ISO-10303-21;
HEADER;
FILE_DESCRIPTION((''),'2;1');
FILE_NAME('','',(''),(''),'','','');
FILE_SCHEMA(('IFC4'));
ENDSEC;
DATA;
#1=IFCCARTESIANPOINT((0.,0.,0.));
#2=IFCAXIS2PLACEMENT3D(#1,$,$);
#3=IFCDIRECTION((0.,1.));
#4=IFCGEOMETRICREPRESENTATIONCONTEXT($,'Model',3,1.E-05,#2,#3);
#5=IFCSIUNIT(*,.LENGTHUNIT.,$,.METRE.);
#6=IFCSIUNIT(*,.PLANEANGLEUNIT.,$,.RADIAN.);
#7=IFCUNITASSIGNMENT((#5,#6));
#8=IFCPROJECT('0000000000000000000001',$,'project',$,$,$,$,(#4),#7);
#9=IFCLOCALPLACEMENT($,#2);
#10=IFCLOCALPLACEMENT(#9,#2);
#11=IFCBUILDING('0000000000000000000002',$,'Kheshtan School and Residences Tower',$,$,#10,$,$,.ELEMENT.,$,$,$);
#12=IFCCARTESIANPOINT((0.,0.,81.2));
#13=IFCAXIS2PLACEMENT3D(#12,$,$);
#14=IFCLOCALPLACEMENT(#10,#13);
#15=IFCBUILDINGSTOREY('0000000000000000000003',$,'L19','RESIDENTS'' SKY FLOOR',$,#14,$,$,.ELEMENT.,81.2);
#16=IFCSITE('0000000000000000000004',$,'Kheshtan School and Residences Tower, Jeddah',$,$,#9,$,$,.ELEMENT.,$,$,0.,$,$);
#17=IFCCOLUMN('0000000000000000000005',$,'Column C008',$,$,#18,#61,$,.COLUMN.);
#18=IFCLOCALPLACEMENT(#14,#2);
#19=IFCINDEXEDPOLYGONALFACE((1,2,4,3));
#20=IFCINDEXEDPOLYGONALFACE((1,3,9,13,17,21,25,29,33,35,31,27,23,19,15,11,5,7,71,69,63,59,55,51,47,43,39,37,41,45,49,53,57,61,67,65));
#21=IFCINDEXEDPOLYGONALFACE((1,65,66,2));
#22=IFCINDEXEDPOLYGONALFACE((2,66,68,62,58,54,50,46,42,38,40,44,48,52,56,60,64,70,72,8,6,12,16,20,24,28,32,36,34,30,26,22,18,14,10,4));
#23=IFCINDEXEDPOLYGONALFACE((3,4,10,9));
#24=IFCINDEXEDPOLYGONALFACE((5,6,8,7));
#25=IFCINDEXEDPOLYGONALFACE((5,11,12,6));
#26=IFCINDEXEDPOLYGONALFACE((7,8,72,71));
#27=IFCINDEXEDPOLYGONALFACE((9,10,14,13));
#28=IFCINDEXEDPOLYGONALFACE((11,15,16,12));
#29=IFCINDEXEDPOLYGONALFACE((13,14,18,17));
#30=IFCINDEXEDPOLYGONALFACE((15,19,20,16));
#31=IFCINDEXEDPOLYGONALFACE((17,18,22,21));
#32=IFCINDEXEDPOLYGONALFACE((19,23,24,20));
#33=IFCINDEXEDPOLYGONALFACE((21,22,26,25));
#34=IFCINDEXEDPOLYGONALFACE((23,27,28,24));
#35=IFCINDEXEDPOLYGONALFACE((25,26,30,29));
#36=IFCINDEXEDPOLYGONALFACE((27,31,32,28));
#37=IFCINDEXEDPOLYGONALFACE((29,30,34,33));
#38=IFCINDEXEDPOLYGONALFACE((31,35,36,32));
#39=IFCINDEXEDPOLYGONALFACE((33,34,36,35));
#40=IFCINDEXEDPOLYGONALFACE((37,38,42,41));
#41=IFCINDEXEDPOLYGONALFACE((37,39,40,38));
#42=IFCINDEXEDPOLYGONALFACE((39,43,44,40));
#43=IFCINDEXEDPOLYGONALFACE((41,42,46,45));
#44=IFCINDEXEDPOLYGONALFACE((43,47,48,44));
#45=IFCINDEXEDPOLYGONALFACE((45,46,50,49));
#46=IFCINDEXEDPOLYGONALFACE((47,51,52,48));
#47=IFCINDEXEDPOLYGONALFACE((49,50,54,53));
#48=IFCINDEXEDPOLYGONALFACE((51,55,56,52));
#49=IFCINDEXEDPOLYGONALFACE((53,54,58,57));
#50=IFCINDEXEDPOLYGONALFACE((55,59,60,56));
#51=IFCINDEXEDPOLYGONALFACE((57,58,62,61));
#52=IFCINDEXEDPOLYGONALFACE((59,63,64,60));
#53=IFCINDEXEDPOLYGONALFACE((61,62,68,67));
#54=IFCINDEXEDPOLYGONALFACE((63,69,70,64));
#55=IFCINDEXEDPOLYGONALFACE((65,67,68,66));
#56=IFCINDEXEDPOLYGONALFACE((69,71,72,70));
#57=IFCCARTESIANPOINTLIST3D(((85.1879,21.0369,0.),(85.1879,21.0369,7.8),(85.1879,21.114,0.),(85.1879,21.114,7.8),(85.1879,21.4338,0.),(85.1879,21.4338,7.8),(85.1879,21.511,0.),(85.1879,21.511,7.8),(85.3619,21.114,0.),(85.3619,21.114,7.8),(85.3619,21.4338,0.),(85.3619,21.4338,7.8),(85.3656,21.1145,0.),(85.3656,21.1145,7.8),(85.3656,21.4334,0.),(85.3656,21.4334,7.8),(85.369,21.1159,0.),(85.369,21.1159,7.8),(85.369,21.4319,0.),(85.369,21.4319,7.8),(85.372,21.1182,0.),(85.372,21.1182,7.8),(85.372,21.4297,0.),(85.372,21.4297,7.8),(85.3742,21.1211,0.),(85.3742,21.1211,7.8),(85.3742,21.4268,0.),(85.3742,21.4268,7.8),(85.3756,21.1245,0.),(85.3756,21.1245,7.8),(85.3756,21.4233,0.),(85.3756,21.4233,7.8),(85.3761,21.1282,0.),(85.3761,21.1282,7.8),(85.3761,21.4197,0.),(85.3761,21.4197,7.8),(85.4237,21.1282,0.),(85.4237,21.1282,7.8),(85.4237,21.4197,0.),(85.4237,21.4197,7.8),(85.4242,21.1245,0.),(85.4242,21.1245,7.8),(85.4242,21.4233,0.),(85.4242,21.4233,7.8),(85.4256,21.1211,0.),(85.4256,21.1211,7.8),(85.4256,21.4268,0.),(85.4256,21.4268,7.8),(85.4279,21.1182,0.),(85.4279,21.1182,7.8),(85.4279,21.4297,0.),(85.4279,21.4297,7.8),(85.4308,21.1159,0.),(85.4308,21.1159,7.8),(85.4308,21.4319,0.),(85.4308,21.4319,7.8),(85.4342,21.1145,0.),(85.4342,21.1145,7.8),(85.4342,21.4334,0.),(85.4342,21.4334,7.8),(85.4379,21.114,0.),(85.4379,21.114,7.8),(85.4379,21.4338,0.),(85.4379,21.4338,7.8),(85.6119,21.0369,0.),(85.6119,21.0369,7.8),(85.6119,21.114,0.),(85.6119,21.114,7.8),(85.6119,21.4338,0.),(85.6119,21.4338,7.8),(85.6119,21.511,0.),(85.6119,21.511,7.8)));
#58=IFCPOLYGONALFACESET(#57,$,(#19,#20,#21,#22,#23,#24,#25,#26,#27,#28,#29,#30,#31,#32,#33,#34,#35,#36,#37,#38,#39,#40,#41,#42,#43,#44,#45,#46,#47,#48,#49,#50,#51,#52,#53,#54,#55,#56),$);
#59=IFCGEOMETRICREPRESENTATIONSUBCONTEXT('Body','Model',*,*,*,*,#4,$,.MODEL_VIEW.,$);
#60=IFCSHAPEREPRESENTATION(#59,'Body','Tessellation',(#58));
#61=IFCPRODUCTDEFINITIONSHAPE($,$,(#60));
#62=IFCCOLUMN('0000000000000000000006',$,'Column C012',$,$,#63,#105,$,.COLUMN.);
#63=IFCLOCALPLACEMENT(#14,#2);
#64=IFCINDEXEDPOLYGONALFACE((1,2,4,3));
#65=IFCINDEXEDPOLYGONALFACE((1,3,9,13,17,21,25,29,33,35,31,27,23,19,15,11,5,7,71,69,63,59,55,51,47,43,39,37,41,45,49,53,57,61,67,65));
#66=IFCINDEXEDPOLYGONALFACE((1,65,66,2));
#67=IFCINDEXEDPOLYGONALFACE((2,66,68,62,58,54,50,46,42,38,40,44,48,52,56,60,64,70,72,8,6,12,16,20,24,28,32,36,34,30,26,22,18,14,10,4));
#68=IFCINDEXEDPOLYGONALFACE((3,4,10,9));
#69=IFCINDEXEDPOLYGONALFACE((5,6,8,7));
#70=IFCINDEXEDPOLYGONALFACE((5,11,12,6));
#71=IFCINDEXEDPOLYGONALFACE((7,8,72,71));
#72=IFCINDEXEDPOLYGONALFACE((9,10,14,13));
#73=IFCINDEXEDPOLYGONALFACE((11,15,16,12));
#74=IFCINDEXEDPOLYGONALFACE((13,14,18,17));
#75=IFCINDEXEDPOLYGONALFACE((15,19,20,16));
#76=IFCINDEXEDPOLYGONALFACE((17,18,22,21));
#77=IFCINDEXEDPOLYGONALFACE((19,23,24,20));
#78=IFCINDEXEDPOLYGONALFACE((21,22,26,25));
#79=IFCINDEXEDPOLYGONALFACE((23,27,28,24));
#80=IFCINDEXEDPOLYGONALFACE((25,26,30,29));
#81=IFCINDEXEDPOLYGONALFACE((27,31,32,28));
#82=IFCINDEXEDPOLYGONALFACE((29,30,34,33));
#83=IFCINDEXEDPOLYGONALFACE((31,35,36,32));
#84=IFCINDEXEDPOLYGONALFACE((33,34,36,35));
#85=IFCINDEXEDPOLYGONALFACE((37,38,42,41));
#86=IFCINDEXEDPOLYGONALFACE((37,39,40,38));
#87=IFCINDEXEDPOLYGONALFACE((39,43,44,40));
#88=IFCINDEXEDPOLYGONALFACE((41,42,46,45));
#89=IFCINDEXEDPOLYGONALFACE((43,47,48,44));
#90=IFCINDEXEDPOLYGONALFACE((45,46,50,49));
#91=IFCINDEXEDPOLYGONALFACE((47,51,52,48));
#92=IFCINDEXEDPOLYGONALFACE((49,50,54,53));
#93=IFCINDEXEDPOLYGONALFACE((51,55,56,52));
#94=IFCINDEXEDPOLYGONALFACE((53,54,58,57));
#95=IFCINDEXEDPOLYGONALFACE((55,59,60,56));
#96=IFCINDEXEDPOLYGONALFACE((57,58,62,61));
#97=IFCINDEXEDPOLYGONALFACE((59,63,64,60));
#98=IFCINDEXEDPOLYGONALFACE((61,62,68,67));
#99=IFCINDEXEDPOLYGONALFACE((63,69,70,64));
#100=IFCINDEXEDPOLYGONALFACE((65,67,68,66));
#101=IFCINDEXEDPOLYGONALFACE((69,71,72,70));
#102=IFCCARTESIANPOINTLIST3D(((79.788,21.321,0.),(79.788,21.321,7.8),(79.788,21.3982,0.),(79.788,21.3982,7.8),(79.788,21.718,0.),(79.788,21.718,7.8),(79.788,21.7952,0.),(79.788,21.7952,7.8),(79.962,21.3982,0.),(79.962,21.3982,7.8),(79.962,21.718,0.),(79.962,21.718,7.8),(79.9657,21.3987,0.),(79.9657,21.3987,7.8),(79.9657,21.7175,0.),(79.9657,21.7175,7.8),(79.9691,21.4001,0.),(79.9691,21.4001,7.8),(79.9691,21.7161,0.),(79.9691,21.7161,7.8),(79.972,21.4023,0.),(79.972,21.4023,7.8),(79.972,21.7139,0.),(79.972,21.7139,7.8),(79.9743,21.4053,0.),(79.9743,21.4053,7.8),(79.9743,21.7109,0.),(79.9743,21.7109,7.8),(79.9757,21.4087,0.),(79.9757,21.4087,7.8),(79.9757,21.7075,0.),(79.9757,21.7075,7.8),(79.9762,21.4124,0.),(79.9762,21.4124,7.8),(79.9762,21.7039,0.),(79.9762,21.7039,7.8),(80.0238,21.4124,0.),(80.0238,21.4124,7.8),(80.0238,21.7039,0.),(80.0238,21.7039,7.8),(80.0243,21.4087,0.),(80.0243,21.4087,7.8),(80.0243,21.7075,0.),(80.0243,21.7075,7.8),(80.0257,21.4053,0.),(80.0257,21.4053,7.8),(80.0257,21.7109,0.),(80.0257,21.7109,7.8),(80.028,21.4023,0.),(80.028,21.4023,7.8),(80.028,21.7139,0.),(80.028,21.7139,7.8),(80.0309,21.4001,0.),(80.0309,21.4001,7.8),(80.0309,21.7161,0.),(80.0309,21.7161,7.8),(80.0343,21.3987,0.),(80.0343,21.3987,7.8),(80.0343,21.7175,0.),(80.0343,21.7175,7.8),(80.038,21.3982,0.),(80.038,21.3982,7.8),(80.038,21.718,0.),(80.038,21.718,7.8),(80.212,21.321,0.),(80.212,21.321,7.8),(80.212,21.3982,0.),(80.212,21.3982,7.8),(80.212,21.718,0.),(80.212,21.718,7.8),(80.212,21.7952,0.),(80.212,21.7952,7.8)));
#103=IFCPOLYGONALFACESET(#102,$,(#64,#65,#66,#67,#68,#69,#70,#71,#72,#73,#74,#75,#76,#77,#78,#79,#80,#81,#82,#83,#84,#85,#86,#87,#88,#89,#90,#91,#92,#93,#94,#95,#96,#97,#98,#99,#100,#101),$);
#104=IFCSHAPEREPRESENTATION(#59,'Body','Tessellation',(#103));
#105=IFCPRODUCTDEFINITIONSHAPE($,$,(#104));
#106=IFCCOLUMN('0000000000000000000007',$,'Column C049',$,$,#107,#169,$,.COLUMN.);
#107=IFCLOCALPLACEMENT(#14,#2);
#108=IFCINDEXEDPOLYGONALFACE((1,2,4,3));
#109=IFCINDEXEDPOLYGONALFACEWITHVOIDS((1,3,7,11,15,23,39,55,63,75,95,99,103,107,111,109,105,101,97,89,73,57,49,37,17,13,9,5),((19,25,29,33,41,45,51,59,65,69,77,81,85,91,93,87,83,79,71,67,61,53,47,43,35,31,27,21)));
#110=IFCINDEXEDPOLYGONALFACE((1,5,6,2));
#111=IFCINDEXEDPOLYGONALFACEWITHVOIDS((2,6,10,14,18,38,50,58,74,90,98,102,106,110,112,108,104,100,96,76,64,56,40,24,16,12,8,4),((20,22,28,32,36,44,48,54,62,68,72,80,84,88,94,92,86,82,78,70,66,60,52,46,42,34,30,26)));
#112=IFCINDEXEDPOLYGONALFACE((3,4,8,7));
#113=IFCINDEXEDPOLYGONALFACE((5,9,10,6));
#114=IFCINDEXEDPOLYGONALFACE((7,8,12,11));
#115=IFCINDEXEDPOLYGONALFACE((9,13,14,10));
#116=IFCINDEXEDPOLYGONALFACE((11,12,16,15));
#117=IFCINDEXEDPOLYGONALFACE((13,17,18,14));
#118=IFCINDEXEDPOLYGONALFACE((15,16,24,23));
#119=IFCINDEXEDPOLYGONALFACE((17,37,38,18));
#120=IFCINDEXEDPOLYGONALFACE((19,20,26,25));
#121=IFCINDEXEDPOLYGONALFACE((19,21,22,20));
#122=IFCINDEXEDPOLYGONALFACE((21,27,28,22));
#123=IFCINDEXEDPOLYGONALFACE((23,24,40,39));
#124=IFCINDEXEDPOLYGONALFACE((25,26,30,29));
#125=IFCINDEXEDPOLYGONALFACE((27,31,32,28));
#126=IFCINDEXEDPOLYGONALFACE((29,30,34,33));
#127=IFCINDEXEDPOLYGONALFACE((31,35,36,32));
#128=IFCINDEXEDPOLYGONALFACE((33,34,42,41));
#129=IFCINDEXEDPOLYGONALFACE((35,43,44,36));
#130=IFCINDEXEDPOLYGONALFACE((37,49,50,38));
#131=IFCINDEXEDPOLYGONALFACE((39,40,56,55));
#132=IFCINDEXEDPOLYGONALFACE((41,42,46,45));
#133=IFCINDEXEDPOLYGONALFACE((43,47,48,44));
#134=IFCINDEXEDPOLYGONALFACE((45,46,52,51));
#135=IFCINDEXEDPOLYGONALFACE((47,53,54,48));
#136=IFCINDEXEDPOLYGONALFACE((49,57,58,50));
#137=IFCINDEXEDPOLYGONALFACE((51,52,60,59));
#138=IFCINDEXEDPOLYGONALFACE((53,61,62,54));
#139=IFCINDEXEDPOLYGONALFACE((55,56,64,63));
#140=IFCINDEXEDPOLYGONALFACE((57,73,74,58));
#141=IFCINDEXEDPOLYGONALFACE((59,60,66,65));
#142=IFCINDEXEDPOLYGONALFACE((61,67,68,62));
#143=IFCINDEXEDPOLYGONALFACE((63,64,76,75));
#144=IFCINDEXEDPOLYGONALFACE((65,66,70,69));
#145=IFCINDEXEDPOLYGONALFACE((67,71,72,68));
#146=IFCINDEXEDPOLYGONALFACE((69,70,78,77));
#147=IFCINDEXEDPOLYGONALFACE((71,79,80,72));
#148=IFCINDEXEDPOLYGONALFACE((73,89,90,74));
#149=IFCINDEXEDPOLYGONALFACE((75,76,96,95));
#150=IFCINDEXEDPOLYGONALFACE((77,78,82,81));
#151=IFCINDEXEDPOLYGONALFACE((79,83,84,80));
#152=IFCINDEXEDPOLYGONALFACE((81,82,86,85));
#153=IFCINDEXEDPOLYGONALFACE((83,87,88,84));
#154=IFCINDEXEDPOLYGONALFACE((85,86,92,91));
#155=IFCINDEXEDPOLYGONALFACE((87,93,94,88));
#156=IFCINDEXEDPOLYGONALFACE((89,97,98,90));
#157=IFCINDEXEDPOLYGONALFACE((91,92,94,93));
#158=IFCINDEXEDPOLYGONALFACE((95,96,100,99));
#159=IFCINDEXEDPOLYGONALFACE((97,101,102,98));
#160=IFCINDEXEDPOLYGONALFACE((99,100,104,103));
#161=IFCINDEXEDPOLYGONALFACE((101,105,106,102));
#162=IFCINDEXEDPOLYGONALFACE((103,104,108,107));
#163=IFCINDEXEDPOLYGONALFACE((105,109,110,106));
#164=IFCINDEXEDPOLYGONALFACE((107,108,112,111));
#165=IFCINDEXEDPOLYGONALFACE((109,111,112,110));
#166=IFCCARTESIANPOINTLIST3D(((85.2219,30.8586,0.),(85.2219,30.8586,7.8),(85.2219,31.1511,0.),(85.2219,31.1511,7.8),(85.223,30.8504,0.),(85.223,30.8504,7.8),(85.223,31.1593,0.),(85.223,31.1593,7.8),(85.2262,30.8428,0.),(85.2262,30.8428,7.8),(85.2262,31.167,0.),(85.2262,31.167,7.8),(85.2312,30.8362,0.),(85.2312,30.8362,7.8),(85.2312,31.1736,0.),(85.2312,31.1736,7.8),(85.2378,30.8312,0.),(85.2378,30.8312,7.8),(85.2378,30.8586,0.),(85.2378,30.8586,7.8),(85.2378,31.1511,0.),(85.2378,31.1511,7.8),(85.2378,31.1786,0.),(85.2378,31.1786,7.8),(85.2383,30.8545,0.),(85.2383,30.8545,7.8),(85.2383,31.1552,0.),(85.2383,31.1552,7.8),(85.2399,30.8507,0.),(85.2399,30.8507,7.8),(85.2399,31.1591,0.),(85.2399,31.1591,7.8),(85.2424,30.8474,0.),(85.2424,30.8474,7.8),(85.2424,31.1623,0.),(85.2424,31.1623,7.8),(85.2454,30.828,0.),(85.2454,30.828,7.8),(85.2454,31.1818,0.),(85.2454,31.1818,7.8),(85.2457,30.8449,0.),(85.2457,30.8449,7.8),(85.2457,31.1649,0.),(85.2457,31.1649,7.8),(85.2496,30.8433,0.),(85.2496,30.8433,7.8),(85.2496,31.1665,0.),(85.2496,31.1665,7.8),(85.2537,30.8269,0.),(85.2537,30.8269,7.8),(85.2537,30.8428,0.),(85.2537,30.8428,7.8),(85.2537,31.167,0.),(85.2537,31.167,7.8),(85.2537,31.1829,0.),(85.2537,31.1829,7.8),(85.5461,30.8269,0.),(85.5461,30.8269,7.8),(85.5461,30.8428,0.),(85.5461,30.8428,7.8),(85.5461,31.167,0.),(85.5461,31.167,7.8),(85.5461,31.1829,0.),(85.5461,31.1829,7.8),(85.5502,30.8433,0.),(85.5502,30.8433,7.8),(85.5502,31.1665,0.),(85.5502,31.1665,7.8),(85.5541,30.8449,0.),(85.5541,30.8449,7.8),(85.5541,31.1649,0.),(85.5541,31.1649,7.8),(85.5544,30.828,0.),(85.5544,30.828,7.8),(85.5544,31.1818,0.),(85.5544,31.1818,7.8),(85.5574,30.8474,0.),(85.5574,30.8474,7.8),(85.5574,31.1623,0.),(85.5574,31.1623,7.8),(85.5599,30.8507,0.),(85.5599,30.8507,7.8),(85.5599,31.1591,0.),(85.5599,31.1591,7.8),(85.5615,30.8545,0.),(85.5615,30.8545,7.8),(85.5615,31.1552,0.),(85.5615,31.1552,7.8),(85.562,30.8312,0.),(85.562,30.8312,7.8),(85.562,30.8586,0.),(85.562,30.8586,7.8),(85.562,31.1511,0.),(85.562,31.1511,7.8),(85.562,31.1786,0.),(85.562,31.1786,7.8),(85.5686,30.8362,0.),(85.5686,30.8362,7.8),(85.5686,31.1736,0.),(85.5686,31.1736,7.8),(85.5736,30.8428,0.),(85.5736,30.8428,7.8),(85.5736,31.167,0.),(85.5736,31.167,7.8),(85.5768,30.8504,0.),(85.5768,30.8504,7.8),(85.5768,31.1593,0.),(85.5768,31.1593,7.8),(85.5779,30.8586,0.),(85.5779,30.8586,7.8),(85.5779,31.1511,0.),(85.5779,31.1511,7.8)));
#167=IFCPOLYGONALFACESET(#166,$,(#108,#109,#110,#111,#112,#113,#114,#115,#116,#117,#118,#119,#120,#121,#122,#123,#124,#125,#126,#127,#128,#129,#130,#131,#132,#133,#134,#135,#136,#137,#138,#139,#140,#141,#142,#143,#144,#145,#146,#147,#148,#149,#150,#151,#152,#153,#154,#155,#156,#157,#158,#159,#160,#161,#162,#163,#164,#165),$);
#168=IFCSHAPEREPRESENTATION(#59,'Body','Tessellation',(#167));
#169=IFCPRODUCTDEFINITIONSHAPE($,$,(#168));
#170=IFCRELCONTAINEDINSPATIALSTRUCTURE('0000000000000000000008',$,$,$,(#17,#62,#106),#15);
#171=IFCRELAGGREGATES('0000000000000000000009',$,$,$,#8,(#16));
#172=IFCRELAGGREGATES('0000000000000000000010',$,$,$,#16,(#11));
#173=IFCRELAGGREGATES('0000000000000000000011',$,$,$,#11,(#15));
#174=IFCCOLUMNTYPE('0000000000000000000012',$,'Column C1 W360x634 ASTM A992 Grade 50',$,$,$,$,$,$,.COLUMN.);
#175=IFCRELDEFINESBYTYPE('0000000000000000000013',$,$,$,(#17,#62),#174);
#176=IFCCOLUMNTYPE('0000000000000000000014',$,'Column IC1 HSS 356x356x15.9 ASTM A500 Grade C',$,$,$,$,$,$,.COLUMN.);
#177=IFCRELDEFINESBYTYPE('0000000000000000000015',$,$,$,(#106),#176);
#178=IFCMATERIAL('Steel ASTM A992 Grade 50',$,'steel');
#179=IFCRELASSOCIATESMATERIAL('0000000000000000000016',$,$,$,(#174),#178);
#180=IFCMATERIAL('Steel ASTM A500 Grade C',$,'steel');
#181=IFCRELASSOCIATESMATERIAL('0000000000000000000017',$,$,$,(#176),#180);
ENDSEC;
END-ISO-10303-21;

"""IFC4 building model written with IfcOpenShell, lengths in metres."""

from ifc_helpers import new_model, si_unit, direction, frame, origin, origin_2d, place, context, subcontext, project, spatial, hollow_rectangle, i_section, extrude, material, material_profile, profile_set, type_object, element, save


model = new_model("IFC4")

# Units and contexts
model_context = context("Model", 3, precision=1e-05, world=origin(), true_north=direction((0.0, 1.0)))
body_context = subcontext(model_context, "Body", "Model", "MODEL_VIEW")
ifc_project = project(units=[si_unit("LENGTHUNIT", "METRE"), si_unit("PLANEANGLEUNIT", "RADIAN")], contexts=[model_context])

# Site, building, storey
site_placement = place(None, origin())
site = spatial("IfcSite", under=ifc_project, at=site_placement, Name="Kheshtan School and Residences Tower, Jeddah", CompositionType="ELEMENT", RefElevation=0.0)
building_placement = place(site_placement, origin())
building = spatial("IfcBuilding", under=site, at=building_placement, Name="Kheshtan School and Residences Tower", CompositionType="ELEMENT")
storey_placement = place(building_placement, frame((0.0, 0.0, 81.2)))
storey = spatial("IfcBuildingStorey", under=building, at=storey_placement, Name="L19", Description="RESIDENTS' SKY FLOOR", CompositionType="ELEMENT", Elevation=81.2)

# Columns
ifc_material_1 = material(Name="Steel ASTM A992 Grade 50", Category="steel")
ifc_material_profile_1 = material_profile(ifc_material_1, i_section(OverallWidth=0.4241, OverallDepth=0.4741, WebThickness=0.0476, FlangeThickness=0.0771, FilletRadius=0.0142, at=origin_2d()), Name="W360x634")
ifc_profile_set_1 = profile_set([ifc_material_profile_1], Name="Steel ASTM A992 Grade 50")
column_type_1 = type_object("IfcColumnType", Name="Column C1 W360x634 ASTM A992 Grade 50", PredefinedType="COLUMN", material=ifc_profile_set_1)
for number, where, z_axis, x_axis, name in (
    (1, (85.3999, 21.2739, 0.0), (0.0, 0.0, 1.0), (1.0, 0.0, 0.0), "Column C008"),
    (2, (80.0, 21.5581, 0.0), (0.0, 0.0, 1.0), (1.0, 0.0, 0.0), "Column C012"),
):
    element("IfcColumn", number, at=place(storey_placement, frame(where, z_axis=z_axis, x_axis=x_axis)), inside=storey, type_object=column_type_1, Name=name, PredefinedType="COLUMN", context=body_context, shape_type="SweptSolid", body=[
        extrude(i_section(OverallWidth=0.4241, OverallDepth=0.4741, WebThickness=0.0476, FlangeThickness=0.0771, FilletRadius=0.0142, at=origin_2d()), origin(), (0.0, 0.0, 1.0), 7.8),
    ])
ifc_material_2 = material(Name="Steel ASTM A500 Grade C", Category="steel")
ifc_material_profile_2 = material_profile(ifc_material_2, hollow_rectangle(XDim=0.356, YDim=0.356, WallThickness=0.0159, InnerFilletRadius=0.0159, OuterFilletRadius=0.0317, at=origin_2d()), Name="HSS 356x356x15.9")
ifc_profile_set_2 = profile_set([ifc_material_profile_2], Name="Steel ASTM A500 Grade C")
column_type_2 = type_object("IfcColumnType", Name="Column IC1 HSS 356x356x15.9 ASTM A500 Grade C", PredefinedType="COLUMN", material=ifc_profile_set_2)
column_placement = place(storey_placement, frame((85.3999, 31.0049, 0.0), z_axis=(0.0, 0.0, 1.0), x_axis=(1.0, 0.0, 0.0)))
element("IfcColumn", 3, at=column_placement, inside=storey, type_object=column_type_2, Name="Column C049", PredefinedType="COLUMN", context=body_context, shape_type="SweptSolid", body=[
    extrude(hollow_rectangle(XDim=0.356, YDim=0.356, WallThickness=0.0159, InnerFilletRadius=0.0159, OuterFilletRadius=0.0317, at=origin_2d()), origin(), (0.0, 0.0, 1.0), 7.8),
])

save(model, "model.ifc")
